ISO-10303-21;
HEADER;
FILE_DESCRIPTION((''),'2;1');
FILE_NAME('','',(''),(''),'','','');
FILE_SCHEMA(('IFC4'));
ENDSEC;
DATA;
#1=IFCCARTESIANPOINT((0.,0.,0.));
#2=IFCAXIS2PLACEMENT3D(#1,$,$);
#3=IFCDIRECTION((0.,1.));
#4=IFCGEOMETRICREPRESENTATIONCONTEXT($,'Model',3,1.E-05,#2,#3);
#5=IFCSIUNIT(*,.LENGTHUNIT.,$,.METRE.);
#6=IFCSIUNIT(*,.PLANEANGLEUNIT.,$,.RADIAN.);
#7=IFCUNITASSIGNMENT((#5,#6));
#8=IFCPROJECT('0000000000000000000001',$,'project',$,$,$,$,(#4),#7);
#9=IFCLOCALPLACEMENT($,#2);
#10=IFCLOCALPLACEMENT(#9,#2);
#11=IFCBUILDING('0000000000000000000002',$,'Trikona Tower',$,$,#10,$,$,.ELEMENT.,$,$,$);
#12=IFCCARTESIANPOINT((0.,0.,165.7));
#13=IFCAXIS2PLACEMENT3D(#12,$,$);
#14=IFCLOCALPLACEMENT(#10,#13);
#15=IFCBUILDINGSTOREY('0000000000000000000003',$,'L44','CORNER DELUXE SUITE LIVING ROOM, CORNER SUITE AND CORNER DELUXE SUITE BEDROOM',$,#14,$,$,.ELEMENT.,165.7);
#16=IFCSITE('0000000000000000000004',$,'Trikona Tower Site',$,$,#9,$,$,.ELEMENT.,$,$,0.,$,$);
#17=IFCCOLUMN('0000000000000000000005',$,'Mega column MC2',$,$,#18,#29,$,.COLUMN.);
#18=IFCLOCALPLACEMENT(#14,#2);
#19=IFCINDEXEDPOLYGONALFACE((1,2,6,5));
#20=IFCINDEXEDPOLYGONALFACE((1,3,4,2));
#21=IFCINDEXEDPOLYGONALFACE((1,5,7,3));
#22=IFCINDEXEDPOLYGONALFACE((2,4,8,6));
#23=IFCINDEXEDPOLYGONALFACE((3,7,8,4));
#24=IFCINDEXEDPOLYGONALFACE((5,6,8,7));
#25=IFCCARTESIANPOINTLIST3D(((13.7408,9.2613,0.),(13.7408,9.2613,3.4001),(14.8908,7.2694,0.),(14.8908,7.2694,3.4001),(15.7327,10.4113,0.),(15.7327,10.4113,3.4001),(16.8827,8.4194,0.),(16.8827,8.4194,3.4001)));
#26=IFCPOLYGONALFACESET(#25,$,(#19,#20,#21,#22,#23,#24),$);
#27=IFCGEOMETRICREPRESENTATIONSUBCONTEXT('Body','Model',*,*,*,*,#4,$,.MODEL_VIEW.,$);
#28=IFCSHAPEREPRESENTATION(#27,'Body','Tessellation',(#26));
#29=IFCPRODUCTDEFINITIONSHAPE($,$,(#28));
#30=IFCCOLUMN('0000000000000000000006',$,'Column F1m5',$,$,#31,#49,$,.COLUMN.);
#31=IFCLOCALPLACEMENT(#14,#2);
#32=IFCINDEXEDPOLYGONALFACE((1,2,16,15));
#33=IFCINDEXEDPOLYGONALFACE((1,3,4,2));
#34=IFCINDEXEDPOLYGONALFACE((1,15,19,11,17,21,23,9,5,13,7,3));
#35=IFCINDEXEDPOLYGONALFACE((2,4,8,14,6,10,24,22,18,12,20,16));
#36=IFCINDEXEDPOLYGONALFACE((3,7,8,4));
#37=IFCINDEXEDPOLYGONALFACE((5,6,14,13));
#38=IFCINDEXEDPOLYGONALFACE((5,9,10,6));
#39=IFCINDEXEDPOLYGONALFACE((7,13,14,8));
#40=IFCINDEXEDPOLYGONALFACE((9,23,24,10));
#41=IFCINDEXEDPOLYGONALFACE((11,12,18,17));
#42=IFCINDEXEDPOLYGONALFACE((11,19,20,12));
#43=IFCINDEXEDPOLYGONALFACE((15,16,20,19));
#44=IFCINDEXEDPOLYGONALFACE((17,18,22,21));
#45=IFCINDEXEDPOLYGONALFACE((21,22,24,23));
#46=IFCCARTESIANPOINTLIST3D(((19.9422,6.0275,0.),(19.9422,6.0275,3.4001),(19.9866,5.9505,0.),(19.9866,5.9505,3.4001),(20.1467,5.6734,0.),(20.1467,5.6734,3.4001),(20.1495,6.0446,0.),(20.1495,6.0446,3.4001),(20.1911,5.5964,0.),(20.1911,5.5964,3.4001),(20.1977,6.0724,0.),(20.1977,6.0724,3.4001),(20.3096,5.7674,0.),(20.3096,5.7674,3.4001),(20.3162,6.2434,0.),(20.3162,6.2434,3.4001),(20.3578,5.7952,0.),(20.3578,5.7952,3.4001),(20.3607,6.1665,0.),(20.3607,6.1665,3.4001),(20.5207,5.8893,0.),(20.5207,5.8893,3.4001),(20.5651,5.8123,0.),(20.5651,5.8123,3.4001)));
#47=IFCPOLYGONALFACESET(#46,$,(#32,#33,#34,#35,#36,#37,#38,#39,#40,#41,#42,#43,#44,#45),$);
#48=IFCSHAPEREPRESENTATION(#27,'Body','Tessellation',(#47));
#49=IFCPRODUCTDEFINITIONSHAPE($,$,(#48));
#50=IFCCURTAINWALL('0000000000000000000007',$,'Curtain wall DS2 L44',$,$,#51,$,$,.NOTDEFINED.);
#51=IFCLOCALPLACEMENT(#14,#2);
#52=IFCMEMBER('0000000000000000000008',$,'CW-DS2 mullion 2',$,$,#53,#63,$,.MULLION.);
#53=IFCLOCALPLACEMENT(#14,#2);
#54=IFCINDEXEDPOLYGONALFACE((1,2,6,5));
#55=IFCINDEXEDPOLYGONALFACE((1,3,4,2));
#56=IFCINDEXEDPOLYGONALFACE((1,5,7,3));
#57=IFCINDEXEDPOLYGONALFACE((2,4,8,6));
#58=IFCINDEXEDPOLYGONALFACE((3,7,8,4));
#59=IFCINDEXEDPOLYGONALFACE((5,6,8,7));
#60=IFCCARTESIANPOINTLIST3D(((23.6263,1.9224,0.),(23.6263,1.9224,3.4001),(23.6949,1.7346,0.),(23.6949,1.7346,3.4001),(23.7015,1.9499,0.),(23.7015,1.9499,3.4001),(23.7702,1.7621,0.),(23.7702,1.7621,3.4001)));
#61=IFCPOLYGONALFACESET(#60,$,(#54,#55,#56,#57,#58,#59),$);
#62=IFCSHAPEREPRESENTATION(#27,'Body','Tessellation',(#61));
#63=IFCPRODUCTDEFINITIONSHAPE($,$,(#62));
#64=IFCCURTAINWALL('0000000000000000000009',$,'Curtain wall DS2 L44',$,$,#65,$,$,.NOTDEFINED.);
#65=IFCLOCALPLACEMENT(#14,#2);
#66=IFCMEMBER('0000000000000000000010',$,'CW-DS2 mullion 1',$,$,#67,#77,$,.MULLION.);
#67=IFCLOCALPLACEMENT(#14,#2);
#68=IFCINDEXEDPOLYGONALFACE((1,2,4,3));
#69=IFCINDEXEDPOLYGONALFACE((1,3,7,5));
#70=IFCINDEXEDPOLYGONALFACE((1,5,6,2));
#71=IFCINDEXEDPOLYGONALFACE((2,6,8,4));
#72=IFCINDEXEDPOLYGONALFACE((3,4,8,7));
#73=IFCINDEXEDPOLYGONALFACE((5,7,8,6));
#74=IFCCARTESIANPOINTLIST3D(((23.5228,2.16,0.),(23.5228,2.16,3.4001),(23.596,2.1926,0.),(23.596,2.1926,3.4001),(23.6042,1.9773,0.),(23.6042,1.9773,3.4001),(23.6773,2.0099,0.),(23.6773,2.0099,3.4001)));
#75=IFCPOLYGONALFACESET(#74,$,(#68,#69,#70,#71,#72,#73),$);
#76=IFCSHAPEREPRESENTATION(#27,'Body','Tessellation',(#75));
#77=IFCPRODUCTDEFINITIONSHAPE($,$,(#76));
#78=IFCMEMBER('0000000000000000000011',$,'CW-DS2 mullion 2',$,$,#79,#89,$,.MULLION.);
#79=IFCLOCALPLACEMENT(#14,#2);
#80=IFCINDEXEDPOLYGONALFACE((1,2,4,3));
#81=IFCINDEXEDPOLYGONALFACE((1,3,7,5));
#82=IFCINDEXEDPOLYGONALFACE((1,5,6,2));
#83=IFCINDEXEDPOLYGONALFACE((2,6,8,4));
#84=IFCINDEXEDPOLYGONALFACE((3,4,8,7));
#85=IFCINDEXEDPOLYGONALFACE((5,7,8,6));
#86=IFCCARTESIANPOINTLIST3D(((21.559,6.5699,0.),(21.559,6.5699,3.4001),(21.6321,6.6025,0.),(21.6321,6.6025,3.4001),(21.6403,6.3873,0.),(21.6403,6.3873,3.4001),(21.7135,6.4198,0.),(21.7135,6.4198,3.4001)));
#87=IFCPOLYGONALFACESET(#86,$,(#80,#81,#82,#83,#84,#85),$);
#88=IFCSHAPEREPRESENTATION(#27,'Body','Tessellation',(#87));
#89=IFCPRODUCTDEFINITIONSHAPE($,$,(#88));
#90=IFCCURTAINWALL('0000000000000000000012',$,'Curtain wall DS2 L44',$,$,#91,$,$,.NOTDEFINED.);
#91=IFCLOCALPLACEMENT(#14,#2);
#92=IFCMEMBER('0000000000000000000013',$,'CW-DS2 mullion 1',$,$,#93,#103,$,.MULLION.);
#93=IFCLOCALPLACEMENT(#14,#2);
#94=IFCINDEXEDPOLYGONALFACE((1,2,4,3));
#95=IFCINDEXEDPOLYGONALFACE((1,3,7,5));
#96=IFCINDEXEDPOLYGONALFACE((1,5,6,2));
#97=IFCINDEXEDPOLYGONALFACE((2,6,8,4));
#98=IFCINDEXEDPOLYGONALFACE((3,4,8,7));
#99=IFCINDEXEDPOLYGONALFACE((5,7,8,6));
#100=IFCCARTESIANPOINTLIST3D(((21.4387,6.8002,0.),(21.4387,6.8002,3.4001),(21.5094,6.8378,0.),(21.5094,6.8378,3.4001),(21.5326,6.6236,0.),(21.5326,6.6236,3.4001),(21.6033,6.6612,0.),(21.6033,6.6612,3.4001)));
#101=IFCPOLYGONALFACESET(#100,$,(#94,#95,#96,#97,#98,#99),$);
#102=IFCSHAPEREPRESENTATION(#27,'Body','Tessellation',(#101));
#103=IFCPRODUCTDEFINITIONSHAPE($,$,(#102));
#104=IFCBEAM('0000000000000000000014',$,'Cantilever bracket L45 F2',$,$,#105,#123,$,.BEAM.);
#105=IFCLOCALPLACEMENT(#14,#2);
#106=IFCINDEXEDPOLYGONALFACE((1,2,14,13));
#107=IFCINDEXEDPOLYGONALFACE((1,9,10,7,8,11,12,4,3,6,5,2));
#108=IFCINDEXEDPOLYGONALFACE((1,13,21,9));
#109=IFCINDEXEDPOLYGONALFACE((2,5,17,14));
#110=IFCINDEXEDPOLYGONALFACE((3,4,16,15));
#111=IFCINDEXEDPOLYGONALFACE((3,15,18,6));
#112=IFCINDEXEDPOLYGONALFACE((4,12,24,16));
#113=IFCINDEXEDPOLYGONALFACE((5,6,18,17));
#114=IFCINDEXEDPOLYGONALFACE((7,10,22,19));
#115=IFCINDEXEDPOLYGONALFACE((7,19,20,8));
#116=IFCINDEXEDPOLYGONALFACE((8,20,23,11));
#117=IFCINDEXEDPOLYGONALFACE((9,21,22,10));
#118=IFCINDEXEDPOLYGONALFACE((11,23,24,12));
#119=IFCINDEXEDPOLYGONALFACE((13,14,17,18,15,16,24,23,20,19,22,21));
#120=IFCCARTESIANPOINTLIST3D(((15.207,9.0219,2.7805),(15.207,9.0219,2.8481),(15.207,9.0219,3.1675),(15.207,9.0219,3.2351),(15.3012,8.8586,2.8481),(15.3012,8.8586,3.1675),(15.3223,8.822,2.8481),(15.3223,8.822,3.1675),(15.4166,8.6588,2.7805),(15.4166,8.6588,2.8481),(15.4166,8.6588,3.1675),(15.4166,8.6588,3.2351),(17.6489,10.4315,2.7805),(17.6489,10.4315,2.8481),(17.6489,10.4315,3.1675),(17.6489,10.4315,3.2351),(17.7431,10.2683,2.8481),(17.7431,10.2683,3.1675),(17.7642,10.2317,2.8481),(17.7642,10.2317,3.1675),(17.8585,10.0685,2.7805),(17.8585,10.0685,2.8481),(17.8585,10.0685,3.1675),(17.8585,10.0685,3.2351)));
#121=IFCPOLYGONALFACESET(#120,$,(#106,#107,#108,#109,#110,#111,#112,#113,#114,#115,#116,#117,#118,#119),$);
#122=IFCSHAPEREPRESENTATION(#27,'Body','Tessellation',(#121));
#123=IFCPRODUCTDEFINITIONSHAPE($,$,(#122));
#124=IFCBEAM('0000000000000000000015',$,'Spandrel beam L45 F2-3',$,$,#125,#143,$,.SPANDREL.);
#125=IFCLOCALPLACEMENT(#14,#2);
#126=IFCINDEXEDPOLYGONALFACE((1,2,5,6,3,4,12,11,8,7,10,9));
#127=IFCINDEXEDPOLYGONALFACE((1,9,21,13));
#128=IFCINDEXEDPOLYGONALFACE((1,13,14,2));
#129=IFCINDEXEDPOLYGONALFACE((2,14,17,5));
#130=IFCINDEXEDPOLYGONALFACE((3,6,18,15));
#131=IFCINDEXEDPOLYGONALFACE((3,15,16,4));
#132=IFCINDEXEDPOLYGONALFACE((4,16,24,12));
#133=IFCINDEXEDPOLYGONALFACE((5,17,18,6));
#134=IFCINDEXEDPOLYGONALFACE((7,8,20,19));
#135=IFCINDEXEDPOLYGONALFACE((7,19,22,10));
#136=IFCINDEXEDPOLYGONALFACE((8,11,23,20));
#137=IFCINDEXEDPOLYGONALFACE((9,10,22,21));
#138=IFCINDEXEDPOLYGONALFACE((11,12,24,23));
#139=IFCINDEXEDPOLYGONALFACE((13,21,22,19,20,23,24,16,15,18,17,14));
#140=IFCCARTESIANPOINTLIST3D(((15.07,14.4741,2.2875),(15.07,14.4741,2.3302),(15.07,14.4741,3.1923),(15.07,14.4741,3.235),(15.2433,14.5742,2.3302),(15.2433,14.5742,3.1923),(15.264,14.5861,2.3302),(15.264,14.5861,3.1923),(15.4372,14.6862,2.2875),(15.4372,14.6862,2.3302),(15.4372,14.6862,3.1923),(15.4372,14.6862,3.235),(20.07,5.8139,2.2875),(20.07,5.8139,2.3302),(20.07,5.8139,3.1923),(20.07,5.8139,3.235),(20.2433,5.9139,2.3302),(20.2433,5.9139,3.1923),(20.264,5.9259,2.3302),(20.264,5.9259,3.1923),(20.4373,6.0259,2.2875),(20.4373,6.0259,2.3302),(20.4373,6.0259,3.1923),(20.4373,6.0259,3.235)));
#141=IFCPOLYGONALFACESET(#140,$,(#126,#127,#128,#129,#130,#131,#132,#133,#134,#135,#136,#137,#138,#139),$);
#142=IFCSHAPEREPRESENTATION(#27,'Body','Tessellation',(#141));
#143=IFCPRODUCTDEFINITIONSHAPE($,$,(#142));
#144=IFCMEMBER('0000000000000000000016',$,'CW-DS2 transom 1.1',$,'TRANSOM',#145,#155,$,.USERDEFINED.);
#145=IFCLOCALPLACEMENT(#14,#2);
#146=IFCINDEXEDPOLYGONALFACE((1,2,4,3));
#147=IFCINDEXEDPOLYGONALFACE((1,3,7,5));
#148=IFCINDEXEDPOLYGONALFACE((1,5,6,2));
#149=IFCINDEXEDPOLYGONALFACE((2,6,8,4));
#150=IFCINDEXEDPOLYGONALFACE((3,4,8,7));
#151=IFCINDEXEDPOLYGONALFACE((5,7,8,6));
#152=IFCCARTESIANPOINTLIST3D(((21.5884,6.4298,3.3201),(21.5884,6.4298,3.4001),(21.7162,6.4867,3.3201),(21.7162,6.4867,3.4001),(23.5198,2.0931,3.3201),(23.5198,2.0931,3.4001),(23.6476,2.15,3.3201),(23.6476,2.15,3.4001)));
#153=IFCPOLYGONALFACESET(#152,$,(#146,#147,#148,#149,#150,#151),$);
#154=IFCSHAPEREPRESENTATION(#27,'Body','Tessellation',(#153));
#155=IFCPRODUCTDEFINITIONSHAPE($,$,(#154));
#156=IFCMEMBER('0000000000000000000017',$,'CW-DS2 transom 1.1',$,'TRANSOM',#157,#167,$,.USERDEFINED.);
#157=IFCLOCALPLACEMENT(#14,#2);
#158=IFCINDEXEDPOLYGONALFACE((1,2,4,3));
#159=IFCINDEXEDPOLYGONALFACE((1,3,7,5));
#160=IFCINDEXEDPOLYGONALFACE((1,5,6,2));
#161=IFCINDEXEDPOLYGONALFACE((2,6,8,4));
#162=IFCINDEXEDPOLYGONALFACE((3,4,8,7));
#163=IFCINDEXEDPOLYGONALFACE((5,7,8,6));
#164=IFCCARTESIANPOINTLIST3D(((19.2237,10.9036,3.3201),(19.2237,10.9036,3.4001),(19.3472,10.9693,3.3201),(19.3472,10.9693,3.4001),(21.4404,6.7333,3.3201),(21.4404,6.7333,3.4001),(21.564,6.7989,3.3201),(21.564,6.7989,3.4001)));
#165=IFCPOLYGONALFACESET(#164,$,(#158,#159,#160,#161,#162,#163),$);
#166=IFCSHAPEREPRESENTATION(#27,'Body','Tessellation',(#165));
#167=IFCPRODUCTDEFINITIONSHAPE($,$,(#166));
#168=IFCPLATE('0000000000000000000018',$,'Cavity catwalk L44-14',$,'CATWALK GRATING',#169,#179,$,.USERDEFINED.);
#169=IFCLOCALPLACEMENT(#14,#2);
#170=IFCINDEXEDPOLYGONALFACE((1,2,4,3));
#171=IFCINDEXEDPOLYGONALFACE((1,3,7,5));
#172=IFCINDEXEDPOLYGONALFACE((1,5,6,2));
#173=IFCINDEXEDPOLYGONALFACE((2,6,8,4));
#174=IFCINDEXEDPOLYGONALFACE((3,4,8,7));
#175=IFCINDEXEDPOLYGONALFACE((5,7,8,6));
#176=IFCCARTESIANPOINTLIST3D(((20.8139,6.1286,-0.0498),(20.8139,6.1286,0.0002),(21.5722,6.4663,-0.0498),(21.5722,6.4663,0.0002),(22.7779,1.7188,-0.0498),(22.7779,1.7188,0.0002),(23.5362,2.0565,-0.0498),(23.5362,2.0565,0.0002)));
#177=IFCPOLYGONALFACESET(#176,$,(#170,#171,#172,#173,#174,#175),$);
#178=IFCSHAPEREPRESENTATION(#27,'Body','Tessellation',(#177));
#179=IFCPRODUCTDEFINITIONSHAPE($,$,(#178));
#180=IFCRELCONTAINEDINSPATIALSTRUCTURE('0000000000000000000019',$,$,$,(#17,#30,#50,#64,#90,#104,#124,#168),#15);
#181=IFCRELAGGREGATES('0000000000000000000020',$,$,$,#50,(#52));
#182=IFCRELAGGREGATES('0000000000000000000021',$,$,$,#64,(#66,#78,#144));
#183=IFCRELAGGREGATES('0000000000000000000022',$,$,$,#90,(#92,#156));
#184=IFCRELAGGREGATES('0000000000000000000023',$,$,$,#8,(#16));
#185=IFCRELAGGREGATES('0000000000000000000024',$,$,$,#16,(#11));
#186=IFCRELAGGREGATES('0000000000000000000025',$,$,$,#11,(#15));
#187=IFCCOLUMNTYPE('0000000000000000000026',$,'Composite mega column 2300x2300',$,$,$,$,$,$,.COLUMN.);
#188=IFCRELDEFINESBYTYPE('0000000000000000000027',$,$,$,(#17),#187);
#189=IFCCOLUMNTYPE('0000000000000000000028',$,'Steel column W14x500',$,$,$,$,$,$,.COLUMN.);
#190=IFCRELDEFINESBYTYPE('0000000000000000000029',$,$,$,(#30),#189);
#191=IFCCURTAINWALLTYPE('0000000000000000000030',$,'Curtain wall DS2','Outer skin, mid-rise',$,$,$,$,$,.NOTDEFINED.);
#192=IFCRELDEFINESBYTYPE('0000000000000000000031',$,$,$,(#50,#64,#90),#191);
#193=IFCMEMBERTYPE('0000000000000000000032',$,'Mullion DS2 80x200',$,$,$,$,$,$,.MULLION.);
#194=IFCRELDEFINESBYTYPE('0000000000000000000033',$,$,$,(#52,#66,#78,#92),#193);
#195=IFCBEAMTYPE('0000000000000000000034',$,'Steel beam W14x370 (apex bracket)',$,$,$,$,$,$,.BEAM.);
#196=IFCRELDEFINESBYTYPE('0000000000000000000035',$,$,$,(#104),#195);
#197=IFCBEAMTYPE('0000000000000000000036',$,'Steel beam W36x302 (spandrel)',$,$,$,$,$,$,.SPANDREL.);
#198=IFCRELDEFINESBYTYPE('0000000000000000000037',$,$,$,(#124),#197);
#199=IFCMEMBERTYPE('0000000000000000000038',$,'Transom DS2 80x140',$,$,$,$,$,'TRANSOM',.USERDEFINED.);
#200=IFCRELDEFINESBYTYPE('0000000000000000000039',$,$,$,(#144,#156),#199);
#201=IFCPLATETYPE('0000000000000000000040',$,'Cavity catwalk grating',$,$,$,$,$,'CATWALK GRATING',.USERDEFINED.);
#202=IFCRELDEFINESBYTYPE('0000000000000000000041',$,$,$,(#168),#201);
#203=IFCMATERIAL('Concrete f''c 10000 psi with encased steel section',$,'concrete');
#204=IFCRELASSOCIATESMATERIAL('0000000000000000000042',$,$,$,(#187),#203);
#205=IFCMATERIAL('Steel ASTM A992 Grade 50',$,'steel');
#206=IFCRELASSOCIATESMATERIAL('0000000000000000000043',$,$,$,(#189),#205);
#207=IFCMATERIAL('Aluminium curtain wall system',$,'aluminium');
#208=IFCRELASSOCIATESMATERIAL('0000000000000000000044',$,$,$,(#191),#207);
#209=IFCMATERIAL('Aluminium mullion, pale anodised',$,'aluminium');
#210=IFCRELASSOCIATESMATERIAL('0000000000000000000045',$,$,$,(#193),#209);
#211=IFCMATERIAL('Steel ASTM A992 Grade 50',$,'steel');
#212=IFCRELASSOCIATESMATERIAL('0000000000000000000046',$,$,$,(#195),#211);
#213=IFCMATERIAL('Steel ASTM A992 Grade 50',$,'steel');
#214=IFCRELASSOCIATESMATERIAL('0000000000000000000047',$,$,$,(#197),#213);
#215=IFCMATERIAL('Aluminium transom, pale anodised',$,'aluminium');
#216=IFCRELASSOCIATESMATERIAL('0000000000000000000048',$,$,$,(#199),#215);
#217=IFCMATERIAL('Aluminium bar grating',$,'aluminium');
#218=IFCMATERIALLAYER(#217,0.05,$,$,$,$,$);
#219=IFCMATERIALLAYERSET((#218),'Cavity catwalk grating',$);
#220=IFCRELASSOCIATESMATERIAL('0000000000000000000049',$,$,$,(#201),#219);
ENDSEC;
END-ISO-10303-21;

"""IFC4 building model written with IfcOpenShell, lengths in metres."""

from ifc_helpers import new_model, si_unit, direction, frame, origin, origin_2d, place, context, subcontext, project, spatial, rectangle, i_section, extrude, material, layer, layer_set, material_profile, profile_set, type_object, element, aggregate, save


model = new_model("IFC4")

# Units and contexts
model_context = context("Model", 3, precision=1e-05, world=origin(), true_north=direction((0.0, 1.0)))
body_context = subcontext(model_context, "Body", "Model", "MODEL_VIEW")
ifc_project = project(units=[si_unit("LENGTHUNIT", "METRE"), si_unit("PLANEANGLEUNIT", "RADIAN")], contexts=[model_context])

# Site, building, storey
site_placement = place(None, origin())
site = spatial("IfcSite", under=ifc_project, at=site_placement, Name="Trikona Tower Site", CompositionType="ELEMENT", RefElevation=0.0)
building_placement = place(site_placement, origin())
building = spatial("IfcBuilding", under=site, at=building_placement, Name="Trikona Tower", CompositionType="ELEMENT")
storey_placement = place(building_placement, frame((0.0, 0.0, 165.7)))
storey = spatial("IfcBuildingStorey", under=building, at=storey_placement, Name="L44", Description="CORNER DELUXE SUITE LIVING ROOM, CORNER SUITE AND CORNER DELUXE SUITE BEDROOM", CompositionType="ELEMENT", Elevation=165.7)

# Columns
ifc_material_1 = material(Name="Concrete f'c 10000 psi with encased steel section", Category="concrete")
ifc_material_profile_1 = material_profile(ifc_material_1, rectangle(XDim=2.3, YDim=2.3, at=origin_2d()), Name="MC2300")
ifc_profile_set_1 = profile_set([ifc_material_profile_1], Name="Concrete f'c 10000 psi with encased steel section")
column_type_1 = type_object("IfcColumnType", Name="Composite mega column 2300x2300", PredefinedType="COLUMN", material=ifc_profile_set_1)
column_1_placement = place(storey_placement, frame((15.3118, 8.8403, 0.0), z_axis=(0.0, 0.0, 1.0), x_axis=(0.866025, 0.5, 0.0)))
element("IfcColumn", 1, at=column_1_placement, inside=storey, type_object=column_type_1, Name="Mega column MC2", PredefinedType="COLUMN", context=body_context, shape_type="SweptSolid", body=[
    extrude(rectangle(XDim=2.3, YDim=2.3, at=origin_2d()), origin(), (0.0, 0.0, 1.0), 3.4001),
])
ifc_material_2 = material(Name="Steel ASTM A992 Grade 50", Category="steel")
ifc_material_profile_2 = material_profile(ifc_material_2, i_section(OverallWidth=0.4319, OverallDepth=0.4978, WebThickness=0.0557, FlangeThickness=0.0889, at=origin_2d()), Name="W14X500")
ifc_profile_set_2 = profile_set([ifc_material_profile_2], Name="Steel ASTM A992 Grade 50")
column_type_2 = type_object("IfcColumnType", Name="Steel column W14x500", PredefinedType="COLUMN", material=ifc_profile_set_2)
column_2_placement = place(storey_placement, frame((20.2537, 5.9199, 0.0), z_axis=(0.0, 0.0, 1.0), x_axis=(0.866025, 0.5, 0.0)))
element("IfcColumn", 2, at=column_2_placement, inside=storey, type_object=column_type_2, Name="Column F1m5", PredefinedType="COLUMN", context=body_context, shape_type="SweptSolid", body=[
    extrude(i_section(OverallWidth=0.4319, OverallDepth=0.4978, WebThickness=0.0557, FlangeThickness=0.0889, at=origin_2d()), origin(), (0.0, 0.0, 1.0), 3.4001),
])

# Curtain wall, member
ifc_material_3 = material(Name="Aluminium curtain wall system", Category="aluminium")
curtain_wall_type = type_object("IfcCurtainWallType", Name="Curtain wall DS2", Description="Outer skin, mid-rise", PredefinedType="NOTDEFINED", material=ifc_material_3)
curtain_wall_1_placement = place(storey_placement, origin())
curtain_wall_1 = element("IfcCurtainWall", 3, at=curtain_wall_1_placement, inside=storey, type_object=curtain_wall_type, Name="Curtain wall DS2 L44", PredefinedType="NOTDEFINED")
ifc_material_4 = material(Name="Aluminium mullion, pale anodised", Category="aluminium")
ifc_material_profile_3 = material_profile(ifc_material_4, rectangle(XDim=0.0801, YDim=0.2, at=origin_2d()), Name="MUL-DS2")
ifc_profile_set_3 = profile_set([ifc_material_profile_3], Name="Aluminium mullion, pale anodised")
member_type_1 = type_object("IfcMemberType", Name="Mullion DS2 80x200", PredefinedType="MULLION", material=ifc_profile_set_3)
member_1_placement = place(storey_placement, frame((23.6982, 1.8423, 0.0), z_axis=(0.0, 0.0, 1.0), x_axis=(-0.939254, -0.343223, 0.0)))
member_1 = element("IfcMember", 4, at=member_1_placement, type_object=member_type_1, Name="CW-DS2 mullion 2", PredefinedType="MULLION", context=body_context, shape_type="SweptSolid", body=[
    extrude(rectangle(XDim=0.0801, YDim=0.2, at=origin_2d()), origin(), (0.0, 0.0, 1.0), 3.4001),
])

# Curtain wall, members
curtain_wall_2_placement = place(storey_placement, origin())
curtain_wall_2 = element("IfcCurtainWall", 5, at=curtain_wall_2_placement, inside=storey, type_object=curtain_wall_type, Name="Curtain wall DS2 L44", PredefinedType="NOTDEFINED")
member_2_placement = place(storey_placement, frame((23.6001, 2.085, 0.0), z_axis=(0.0, 0.0, 1.0), x_axis=(-0.913501, -0.406836, 0.0)))
member_2 = element("IfcMember", 6, at=member_2_placement, type_object=member_type_1, Name="CW-DS2 mullion 1", PredefinedType="MULLION", context=body_context, shape_type="SweptSolid", body=[
    extrude(rectangle(XDim=0.0801, YDim=0.2, at=origin_2d()), origin(), (0.0, 0.0, 1.0), 3.4001),
])
member_3_placement = place(storey_placement, frame((21.6362, 6.4949, 0.0), z_axis=(0.0, 0.0, 1.0), x_axis=(-0.913501, -0.406836, 0.0)))
member_3 = element("IfcMember", 7, at=member_3_placement, type_object=member_type_1, Name="CW-DS2 mullion 2", PredefinedType="MULLION", context=body_context, shape_type="SweptSolid", body=[
    extrude(rectangle(XDim=0.0801, YDim=0.2, at=origin_2d()), origin(), (0.0, 0.0, 1.0), 3.4001),
])

# Curtain wall, member
curtain_wall_3_placement = place(storey_placement, origin())
curtain_wall_3 = element("IfcCurtainWall", 8, at=curtain_wall_3_placement, inside=storey, type_object=curtain_wall_type, Name="Curtain wall DS2 L44", PredefinedType="NOTDEFINED")
member_4_placement = place(storey_placement, frame((21.521, 6.7307, 0.0), z_axis=(0.0, 0.0, 1.0), x_axis=(-0.882996, -0.46938, 0.0)))
member_4 = element("IfcMember", 9, at=member_4_placement, type_object=member_type_1, Name="CW-DS2 mullion 1", PredefinedType="MULLION", context=body_context, shape_type="SweptSolid", body=[
    extrude(rectangle(XDim=0.0801, YDim=0.2, at=origin_2d()), origin(), (0.0, 0.0, 1.0), 3.4001),
])

# Beams
ifc_material_5 = material(Name="Steel ASTM A992 Grade 50", Category="steel")
ifc_material_profile_4 = material_profile(ifc_material_5, i_section(OverallWidth=0.4192, OverallDepth=0.4546, WebThickness=0.0422, FlangeThickness=0.0676, at=origin_2d()), Name="W14X370")
ifc_profile_set_4 = profile_set([ifc_material_profile_4], Name="Steel ASTM A992 Grade 50")
beam_type_1 = type_object("IfcBeamType", Name="Steel beam W14x370 (apex bracket)", PredefinedType="BEAM", material=ifc_profile_set_4)
beam_1_placement = place(storey_placement, frame((15.3118, 8.8403, 3.0078), z_axis=(0.86605, 0.499957, 0.0), x_axis=(-0.499957, 0.86605, 0.0)))
element("IfcBeam", 10, at=beam_1_placement, inside=storey, type_object=beam_type_1, Name="Cantilever bracket L45 F2", PredefinedType="BEAM", context=body_context, shape_type="SweptSolid", body=[
    extrude(i_section(OverallWidth=0.4192, OverallDepth=0.4546, WebThickness=0.0422, FlangeThickness=0.0676, at=origin_2d()), origin(), (0.0, 0.0, 1.0), 2.8196),
])
ifc_material_6 = material(Name="Steel ASTM A992 Grade 50", Category="steel")
ifc_material_profile_5 = material_profile(ifc_material_6, i_section(OverallWidth=0.4241, OverallDepth=0.9475, WebThickness=0.0239, FlangeThickness=0.0427, at=origin_2d()), Name="W36X302")
ifc_profile_set_5 = profile_set([ifc_material_profile_5], Name="Steel ASTM A992 Grade 50")
beam_type_2 = type_object("IfcBeamType", Name="Steel beam W36x302 (spandrel)", PredefinedType="SPANDREL", material=ifc_profile_set_5)
beam_2_placement = place(storey_placement, frame((20.2537, 5.9199, 2.7612), z_axis=(-0.500004, 0.866023, 0.0), x_axis=(-0.866023, -0.500004, 0.0)))
element("IfcBeam", 11, at=beam_2_placement, inside=storey, type_object=beam_type_2, Name="Spandrel beam L45 F2-3", PredefinedType="SPANDREL", context=body_context, shape_type="SweptSolid", body=[
    extrude(i_section(OverallWidth=0.4241, OverallDepth=0.9475, WebThickness=0.0239, FlangeThickness=0.0427, at=origin_2d()), origin(), (0.0, 0.0, 1.0), 10.0),
])

# Members
ifc_material_7 = material(Name="Aluminium transom, pale anodised", Category="aluminium")
ifc_material_profile_6 = material_profile(ifc_material_7, rectangle(XDim=0.1399, YDim=0.0801, at=origin_2d()), Name="TRN-DS2")
ifc_profile_set_6 = profile_set([ifc_material_profile_6], Name="Aluminium transom, pale anodised")
member_type_2 = type_object("IfcMemberType", Name="Transom DS2 80x140", ElementType="TRANSOM", PredefinedType="USERDEFINED", material=ifc_profile_set_6)
member_5_placement = place(storey_placement, frame((23.5837, 2.1216, 3.3601), z_axis=(-0.40684, 0.9135, 0.0), x_axis=(-0.9135, -0.40684, 0.0)))
member_5 = element("IfcMember", 12, at=member_5_placement, type_object=member_type_2, Name="CW-DS2 transom 1.1", ObjectType="TRANSOM", PredefinedType="USERDEFINED", context=body_context, shape_type="SweptSolid", body=[
    extrude(rectangle(XDim=0.1399, YDim=0.0801, at=origin_2d()), origin(), (0.0, 0.0, 1.0), 4.7473),
])
member_6_placement = place(storey_placement, frame((21.5022, 6.7661, 3.3601), z_axis=(-0.469364, 0.883005, 0.0), x_axis=(-0.883005, -0.469364, 0.0)))
member_6 = element("IfcMember", 13, at=member_6_placement, type_object=member_type_2, Name="CW-DS2 transom 1.1", ObjectType="TRANSOM", PredefinedType="USERDEFINED", context=body_context, shape_type="SweptSolid", body=[
    extrude(rectangle(XDim=0.1399, YDim=0.0801, at=origin_2d()), origin(), (0.0, 0.0, 1.0), 4.7229),
])

# Plate
ifc_material_8 = material(Name="Aluminium bar grating", Category="aluminium")
ifc_layer_1 = layer(ifc_material_8, 0.05)
ifc_layer_set_1 = layer_set([ifc_layer_1], Name="Cavity catwalk grating")
plate_type_1 = type_object("IfcPlateType", Name="Cavity catwalk grating", ElementType="CATWALK GRATING", PredefinedType="USERDEFINED", material=ifc_layer_set_1)
plate_1_placement = place(storey_placement, frame((22.175, 4.0925, -0.0498), z_axis=(0.0, 0.0, 1.0), x_axis=(-0.406843, 0.913498, 0.0)))
element("IfcPlate", 14, at=plate_1_placement, inside=storey, type_object=plate_type_1, Name="Cavity catwalk L44-14", ObjectType="CATWALK GRATING", PredefinedType="USERDEFINED", context=body_context, shape_type="SweptSolid", body=[
    extrude(rectangle(XDim=4.8274, YDim=0.8301, at=origin_2d()), origin(), (0.0, 0.0, 1.0), 0.05),
])

aggregate(curtain_wall_1, [member_1])
aggregate(curtain_wall_2, [member_2, member_3, member_5])
aggregate(curtain_wall_3, [member_4, member_6])

save(model, "model.ifc")
